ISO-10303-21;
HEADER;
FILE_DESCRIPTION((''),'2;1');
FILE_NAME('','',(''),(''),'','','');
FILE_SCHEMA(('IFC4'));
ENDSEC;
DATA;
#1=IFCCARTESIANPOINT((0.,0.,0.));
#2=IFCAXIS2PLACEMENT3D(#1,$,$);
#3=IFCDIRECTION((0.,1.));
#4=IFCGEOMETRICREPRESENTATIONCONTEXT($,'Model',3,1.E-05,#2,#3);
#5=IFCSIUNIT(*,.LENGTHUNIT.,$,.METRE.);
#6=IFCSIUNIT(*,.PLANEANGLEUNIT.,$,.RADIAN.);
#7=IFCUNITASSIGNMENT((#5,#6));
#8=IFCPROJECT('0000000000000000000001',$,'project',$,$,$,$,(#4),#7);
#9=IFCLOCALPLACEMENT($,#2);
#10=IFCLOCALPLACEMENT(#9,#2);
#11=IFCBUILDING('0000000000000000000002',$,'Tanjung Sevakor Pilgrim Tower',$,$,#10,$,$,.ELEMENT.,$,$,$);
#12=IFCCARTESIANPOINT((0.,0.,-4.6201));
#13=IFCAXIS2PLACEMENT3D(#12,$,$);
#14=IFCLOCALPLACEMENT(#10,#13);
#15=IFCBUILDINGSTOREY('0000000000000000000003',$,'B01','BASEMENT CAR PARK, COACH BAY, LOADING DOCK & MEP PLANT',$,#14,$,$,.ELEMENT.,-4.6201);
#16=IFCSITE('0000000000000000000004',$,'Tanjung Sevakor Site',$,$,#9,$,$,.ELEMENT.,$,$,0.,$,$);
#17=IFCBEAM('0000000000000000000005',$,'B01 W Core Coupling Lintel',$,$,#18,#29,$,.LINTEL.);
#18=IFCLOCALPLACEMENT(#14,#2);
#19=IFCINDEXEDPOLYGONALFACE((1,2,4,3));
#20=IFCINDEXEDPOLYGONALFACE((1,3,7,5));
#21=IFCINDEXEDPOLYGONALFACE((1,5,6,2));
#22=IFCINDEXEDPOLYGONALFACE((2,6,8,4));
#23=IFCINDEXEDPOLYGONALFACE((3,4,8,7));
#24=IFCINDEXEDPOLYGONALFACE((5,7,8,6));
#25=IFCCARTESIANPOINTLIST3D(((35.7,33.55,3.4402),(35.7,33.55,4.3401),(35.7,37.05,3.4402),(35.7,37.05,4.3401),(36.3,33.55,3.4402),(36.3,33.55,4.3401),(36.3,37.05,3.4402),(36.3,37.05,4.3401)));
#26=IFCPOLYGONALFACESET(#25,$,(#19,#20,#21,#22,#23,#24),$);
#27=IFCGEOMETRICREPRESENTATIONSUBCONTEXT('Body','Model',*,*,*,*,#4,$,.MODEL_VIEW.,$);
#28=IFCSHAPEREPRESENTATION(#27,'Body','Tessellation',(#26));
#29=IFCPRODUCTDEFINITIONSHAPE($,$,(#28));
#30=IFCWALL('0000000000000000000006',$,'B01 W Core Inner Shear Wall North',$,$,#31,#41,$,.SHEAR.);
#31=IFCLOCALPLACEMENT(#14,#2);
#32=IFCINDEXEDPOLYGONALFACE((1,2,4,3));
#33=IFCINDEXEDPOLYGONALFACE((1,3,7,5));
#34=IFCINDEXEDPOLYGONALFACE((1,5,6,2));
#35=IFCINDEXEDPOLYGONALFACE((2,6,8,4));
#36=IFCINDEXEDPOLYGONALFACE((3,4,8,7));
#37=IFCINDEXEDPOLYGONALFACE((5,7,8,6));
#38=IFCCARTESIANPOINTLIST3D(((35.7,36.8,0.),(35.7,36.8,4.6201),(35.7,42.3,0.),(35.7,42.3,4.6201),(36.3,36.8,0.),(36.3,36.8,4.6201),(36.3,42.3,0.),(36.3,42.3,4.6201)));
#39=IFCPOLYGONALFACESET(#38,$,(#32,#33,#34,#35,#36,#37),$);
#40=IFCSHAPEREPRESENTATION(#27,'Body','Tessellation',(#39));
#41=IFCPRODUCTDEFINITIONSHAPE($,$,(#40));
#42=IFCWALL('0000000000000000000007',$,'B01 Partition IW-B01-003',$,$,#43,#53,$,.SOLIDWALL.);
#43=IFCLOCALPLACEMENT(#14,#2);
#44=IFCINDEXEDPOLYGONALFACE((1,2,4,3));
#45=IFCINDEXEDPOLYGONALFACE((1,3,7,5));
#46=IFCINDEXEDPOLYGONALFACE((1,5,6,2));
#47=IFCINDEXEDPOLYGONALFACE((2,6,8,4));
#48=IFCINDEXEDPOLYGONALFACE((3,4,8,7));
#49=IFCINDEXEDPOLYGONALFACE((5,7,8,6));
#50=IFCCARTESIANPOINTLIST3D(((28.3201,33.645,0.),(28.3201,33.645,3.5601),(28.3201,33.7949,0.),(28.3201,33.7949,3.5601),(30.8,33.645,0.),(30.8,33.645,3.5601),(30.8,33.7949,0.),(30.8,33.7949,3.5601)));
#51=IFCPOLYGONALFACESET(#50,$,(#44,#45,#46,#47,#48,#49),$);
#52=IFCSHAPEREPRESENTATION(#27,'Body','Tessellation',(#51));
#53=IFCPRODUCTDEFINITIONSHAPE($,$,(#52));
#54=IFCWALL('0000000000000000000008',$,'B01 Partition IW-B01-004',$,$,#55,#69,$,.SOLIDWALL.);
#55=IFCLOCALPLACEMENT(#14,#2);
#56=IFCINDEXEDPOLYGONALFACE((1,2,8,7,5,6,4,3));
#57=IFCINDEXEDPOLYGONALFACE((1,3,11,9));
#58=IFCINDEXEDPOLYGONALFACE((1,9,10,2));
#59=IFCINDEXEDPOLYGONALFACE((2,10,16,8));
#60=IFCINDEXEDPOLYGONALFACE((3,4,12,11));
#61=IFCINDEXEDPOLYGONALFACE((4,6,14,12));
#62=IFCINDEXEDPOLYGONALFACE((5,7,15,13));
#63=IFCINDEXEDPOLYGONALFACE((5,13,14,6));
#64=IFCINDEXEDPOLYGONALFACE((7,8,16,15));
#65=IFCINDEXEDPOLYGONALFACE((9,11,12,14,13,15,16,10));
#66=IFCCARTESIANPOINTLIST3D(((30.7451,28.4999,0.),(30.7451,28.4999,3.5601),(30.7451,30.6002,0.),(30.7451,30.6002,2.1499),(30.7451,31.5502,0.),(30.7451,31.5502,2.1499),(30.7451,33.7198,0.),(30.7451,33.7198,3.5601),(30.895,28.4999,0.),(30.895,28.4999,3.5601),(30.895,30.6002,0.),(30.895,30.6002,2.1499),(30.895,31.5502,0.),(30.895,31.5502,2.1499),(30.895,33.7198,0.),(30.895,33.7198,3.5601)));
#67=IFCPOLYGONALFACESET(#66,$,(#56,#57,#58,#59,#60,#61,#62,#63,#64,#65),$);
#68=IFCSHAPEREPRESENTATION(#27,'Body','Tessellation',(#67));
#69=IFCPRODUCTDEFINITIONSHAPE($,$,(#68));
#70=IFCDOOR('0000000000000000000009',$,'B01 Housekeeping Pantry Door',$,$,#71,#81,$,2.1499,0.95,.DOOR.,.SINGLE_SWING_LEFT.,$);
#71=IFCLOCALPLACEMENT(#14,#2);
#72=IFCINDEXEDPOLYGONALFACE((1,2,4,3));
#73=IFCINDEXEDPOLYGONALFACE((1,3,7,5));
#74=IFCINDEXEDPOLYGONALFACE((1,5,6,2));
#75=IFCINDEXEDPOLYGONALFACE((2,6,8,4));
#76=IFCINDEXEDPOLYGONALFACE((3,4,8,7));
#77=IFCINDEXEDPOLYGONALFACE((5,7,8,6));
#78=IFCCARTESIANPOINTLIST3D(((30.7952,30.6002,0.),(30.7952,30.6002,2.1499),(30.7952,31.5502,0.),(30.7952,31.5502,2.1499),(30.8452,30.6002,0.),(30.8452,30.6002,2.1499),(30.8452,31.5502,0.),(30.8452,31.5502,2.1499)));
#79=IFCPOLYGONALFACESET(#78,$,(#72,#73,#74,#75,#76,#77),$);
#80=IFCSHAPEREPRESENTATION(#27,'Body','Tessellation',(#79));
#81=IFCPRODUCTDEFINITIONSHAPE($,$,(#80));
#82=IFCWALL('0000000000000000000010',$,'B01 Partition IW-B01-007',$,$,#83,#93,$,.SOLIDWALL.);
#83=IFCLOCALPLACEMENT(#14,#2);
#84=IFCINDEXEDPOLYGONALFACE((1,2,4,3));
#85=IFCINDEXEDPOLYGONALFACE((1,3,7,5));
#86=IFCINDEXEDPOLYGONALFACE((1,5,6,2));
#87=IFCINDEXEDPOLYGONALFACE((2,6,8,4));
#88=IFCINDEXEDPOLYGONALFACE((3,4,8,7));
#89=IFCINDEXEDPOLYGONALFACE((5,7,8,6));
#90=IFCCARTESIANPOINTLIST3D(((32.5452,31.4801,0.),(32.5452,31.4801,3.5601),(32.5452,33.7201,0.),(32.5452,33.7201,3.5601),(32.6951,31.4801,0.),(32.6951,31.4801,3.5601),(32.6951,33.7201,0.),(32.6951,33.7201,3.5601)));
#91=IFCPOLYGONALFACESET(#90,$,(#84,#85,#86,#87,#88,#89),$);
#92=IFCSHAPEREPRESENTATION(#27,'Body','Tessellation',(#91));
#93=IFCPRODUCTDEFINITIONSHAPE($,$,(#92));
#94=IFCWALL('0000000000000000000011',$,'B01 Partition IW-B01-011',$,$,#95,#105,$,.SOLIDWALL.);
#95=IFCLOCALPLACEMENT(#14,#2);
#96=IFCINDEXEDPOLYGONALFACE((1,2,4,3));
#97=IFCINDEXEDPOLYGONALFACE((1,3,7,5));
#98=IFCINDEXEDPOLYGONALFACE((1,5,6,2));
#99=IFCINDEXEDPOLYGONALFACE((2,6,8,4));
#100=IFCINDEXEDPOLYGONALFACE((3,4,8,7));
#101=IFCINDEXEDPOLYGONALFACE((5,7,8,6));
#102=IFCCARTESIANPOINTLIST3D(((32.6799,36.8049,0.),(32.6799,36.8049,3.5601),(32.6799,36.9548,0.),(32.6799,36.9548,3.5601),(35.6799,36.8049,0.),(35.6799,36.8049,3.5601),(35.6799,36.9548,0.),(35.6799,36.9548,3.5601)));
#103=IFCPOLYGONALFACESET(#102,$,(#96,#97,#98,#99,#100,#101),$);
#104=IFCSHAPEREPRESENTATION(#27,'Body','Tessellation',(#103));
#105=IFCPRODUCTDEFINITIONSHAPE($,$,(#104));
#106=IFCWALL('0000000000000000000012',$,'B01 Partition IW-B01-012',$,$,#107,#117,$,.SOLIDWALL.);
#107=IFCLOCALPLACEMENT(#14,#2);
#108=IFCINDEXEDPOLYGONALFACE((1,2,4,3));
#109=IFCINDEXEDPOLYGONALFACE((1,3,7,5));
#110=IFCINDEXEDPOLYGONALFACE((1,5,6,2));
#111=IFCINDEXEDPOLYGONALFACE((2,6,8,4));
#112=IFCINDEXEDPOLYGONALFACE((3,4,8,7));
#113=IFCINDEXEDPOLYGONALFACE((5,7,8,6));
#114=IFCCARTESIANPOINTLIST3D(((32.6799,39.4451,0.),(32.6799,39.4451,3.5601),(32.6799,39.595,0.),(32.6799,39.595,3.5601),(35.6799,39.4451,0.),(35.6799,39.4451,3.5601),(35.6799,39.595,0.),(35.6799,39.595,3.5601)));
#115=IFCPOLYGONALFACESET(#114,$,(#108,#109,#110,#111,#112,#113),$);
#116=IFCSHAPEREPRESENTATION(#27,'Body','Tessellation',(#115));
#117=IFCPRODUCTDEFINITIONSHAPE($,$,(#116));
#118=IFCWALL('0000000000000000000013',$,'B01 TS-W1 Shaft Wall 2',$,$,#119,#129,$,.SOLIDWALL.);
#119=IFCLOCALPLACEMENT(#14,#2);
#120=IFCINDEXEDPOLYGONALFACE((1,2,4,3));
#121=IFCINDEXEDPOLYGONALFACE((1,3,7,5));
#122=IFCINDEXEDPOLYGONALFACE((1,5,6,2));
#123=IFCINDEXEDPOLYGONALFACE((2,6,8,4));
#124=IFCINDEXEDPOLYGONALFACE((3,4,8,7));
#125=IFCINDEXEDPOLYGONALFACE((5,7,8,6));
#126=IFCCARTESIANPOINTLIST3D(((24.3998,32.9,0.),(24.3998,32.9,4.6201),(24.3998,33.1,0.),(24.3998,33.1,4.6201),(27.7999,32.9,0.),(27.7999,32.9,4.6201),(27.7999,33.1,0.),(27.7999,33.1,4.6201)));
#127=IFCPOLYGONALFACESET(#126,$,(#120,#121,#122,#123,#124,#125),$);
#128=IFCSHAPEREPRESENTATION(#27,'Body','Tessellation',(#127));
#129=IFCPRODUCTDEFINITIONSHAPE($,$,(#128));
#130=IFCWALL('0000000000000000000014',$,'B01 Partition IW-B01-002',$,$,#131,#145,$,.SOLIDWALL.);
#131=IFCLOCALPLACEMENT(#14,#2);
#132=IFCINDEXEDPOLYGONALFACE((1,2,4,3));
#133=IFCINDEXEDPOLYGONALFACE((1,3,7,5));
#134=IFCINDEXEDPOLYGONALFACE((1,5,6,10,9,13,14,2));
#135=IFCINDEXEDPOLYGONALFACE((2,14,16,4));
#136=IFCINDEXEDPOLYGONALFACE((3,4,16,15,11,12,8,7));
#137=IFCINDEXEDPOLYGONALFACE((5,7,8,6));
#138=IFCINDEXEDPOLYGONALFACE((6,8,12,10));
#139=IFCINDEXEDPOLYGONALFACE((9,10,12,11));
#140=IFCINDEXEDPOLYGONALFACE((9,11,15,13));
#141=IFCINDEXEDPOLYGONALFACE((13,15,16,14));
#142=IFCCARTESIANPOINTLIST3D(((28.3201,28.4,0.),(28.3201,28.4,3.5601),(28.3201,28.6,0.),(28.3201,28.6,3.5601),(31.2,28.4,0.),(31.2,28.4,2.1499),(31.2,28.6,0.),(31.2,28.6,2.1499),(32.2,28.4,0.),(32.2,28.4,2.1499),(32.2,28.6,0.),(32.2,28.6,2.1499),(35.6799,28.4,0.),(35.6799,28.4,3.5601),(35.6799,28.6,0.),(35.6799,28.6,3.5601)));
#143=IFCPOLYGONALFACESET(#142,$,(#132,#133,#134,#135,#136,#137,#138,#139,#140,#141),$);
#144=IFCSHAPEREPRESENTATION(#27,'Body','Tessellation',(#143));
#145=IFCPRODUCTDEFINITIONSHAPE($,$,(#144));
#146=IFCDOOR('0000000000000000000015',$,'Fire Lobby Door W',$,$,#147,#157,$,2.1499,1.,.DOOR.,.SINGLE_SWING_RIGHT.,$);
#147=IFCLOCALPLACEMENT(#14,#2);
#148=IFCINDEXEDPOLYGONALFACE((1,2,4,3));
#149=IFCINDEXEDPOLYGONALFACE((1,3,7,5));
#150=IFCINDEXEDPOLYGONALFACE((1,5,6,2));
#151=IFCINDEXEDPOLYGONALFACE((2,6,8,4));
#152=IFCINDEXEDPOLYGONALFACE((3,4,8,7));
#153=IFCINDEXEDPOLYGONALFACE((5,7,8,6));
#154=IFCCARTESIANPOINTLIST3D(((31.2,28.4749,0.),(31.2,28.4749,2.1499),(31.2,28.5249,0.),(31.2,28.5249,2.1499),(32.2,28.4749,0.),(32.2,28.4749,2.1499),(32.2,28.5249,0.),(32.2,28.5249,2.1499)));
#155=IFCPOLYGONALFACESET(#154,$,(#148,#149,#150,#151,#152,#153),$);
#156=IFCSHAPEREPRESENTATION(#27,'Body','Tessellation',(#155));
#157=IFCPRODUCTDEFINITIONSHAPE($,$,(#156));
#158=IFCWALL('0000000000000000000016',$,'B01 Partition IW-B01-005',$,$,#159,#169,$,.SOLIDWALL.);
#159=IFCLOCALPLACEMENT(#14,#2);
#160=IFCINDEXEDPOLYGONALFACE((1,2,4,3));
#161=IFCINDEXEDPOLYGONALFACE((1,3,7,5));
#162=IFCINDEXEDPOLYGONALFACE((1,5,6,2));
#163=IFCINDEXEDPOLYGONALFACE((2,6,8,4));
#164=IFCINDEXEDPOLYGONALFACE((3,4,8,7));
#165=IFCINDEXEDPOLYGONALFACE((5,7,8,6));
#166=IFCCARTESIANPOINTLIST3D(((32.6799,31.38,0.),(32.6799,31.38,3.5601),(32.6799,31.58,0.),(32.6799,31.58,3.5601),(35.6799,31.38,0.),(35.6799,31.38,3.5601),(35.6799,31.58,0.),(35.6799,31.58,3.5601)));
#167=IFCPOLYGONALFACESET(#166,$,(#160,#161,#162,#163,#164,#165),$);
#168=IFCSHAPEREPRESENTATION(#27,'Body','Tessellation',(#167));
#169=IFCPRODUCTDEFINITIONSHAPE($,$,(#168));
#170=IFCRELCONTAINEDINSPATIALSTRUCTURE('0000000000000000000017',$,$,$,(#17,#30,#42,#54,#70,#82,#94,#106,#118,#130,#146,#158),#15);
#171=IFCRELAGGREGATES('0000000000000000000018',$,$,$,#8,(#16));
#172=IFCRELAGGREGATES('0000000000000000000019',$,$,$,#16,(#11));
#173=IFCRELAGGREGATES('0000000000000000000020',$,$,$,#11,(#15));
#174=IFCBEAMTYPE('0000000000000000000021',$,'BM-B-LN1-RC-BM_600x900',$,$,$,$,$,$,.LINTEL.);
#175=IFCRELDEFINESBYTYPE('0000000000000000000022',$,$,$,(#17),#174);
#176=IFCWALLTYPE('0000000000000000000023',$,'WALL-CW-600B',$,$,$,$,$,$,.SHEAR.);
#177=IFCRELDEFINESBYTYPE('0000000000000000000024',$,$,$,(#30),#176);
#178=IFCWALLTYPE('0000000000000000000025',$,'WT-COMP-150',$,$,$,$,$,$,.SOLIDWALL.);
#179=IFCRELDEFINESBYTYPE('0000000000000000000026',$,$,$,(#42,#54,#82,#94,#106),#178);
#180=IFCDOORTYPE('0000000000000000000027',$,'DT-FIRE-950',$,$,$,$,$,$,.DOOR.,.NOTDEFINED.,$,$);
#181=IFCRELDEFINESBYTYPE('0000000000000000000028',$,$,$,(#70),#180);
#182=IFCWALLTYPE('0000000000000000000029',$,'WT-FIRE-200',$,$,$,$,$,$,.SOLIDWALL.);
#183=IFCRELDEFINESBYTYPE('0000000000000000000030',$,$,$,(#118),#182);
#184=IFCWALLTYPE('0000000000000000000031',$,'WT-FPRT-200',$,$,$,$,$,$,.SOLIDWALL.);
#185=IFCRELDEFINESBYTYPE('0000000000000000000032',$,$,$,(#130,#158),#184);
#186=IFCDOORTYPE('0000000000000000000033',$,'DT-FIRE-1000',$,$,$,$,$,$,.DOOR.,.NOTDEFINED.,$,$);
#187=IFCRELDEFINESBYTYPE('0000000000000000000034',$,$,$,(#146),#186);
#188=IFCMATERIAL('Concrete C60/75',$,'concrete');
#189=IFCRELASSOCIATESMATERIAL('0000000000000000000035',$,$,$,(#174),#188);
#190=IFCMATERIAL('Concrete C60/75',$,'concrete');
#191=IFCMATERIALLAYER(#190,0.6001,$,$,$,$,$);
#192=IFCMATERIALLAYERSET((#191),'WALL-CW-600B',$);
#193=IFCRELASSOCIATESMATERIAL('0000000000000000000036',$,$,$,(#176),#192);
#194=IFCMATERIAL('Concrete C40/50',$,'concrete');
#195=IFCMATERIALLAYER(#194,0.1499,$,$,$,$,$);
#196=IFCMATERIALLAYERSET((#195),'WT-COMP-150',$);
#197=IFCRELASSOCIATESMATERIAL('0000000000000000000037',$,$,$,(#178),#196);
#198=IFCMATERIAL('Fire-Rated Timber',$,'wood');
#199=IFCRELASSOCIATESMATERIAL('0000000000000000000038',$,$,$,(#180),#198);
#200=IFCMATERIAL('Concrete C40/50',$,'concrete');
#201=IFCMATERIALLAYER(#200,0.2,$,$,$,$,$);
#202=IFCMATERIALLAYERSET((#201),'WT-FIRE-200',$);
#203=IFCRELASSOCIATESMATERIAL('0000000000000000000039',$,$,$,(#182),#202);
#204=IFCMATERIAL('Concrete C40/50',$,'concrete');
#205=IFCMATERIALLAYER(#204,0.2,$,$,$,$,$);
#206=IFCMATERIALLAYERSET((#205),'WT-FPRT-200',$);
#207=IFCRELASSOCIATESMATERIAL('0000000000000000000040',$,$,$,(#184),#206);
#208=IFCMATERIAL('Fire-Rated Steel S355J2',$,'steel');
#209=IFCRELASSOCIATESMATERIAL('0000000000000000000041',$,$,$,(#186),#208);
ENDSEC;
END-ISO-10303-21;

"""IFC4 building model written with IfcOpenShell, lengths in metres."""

from ifc_helpers import new_model, si_unit, direction, frame, frame_2d, origin, origin_2d, place, context, subcontext, project, spatial, rectangle, extrude, material, layer, layer_set, material_profile, profile_set, type_object, element, fill, save


model = new_model("IFC4")

# Units and contexts
model_context = context("Model", 3, precision=1e-05, world=origin(), true_north=direction((0.0, 1.0)))
body_context = subcontext(model_context, "Body", "Model", "MODEL_VIEW")
ifc_project = project(units=[si_unit("LENGTHUNIT", "METRE"), si_unit("PLANEANGLEUNIT", "RADIAN")], contexts=[model_context])

# Site, building, storey
site_placement = place(None, origin())
site = spatial("IfcSite", under=ifc_project, at=site_placement, Name="Tanjung Sevakor Site", CompositionType="ELEMENT", RefElevation=0.0)
building_placement = place(site_placement, origin())
building = spatial("IfcBuilding", under=site, at=building_placement, Name="Tanjung Sevakor Pilgrim Tower", CompositionType="ELEMENT")
storey_placement = place(building_placement, frame((0.0, 0.0, -4.6201)))
storey = spatial("IfcBuildingStorey", under=building, at=storey_placement, Name="B01", Description="BASEMENT CAR PARK, COACH BAY, LOADING DOCK & MEP PLANT", CompositionType="ELEMENT", Elevation=-4.6201)

# Beam
ifc_material_1 = material(Name="Concrete C60/75", Category="concrete")
ifc_material_profile = material_profile(ifc_material_1, rectangle(XDim=0.6001, YDim=0.8999, at=origin_2d()))
ifc_profile_set = profile_set([ifc_material_profile], Name="Concrete C60/75")
beam_type = type_object("IfcBeamType", Name="BM-B-LN1-RC-BM_600x900", PredefinedType="LINTEL", material=ifc_profile_set)
beam_placement = place(storey_placement, frame((36.0, 33.55, 3.8901), z_axis=(0.0, 1.0, 0.0), x_axis=(-1.0, 0.0, 0.0)))
element("IfcBeam", 1, at=beam_placement, inside=storey, type_object=beam_type, Name="B01 W Core Coupling Lintel", PredefinedType="LINTEL", context=body_context, shape_type="SweptSolid", body=[
    extrude(rectangle(XDim=0.6001, YDim=0.8999, at=origin_2d()), origin(), (0.0, 0.0, 1.0), 3.5),
])

# Walls
ifc_material_2 = material(Name="Concrete C60/75", Category="concrete")
ifc_layer_1 = layer(ifc_material_2, 0.6001)
ifc_layer_set_1 = layer_set([ifc_layer_1], Name="WALL-CW-600B")
wall_type_1 = type_object("IfcWallType", Name="WALL-CW-600B", PredefinedType="SHEAR", material=ifc_layer_set_1)
wall_1_placement = place(storey_placement, frame((36.0, 36.8, 0.0), z_axis=(0.0, 0.0, 1.0), x_axis=(0.0, 1.0, 0.0)))
element("IfcWall", 2, at=wall_1_placement, inside=storey, type_object=wall_type_1, Name="B01 W Core Inner Shear Wall North", PredefinedType="SHEAR", context=body_context, shape_type="SweptSolid", body=[
    extrude(rectangle(XDim=5.5, YDim=0.6001, at=frame_2d((2.75, 0.0))), origin(), (0.0, 0.0, 1.0), 4.6201),
])
ifc_material_3 = material(Name="Concrete C40/50", Category="concrete")
ifc_layer_2 = layer(ifc_material_3, 0.1499)
ifc_layer_set_2 = layer_set([ifc_layer_2], Name="WT-COMP-150")
wall_type_2 = type_object("IfcWallType", Name="WT-COMP-150", PredefinedType="SOLIDWALL", material=ifc_layer_set_2)
wall_2_placement = place(storey_placement, frame((28.3201, 33.72, 0.0), z_axis=(0.0, 0.0, 1.0), x_axis=(1.0, 0.0, 0.0)))
element("IfcWall", 3, at=wall_2_placement, inside=storey, type_object=wall_type_2, Name="B01 Partition IW-B01-003", PredefinedType="SOLIDWALL", context=body_context, shape_type="SweptSolid", body=[
    extrude(rectangle(XDim=2.48, YDim=0.1499, at=frame_2d((1.24, 0.0))), origin(), (0.0, 0.0, 1.0), 3.5601),
])

# Wall, opening, door
wall_3_placement = place(storey_placement, frame((30.8201, 28.5, 0.0), z_axis=(0.0, 0.0, 1.0), x_axis=(0.0, 1.0, 0.0)))
wall_3 = element("IfcWall", 4, at=wall_3_placement, inside=storey, type_object=wall_type_2, Name="B01 Partition IW-B01-004", PredefinedType="SOLIDWALL", context=body_context, shape_type="SweptSolid", body=[
    extrude(rectangle(XDim=5.22, YDim=0.1499, at=frame_2d((2.6099, 0.0))), origin(), (0.0, 0.0, 1.0), 3.5601),
])
opening_1_placement = place(wall_3_placement, frame((2.1001, 0.0, 0.0)))
opening_1 = element("IfcOpeningElement", 5, at=opening_1_placement, cuts=wall_3, PredefinedType="OPENING", context=body_context, shape_type="SweptSolid", body=[
    extrude(rectangle(XDim=0.95, YDim=2.1499, at=frame_2d((0.4751, 1.075))), frame((0.0, 0.085, 0.0), z_axis=(0.0, -1.0, 0.0), x_axis=(1.0, 0.0, 0.0)), (0.0, 0.0, 1.0), 0.1699),
])
ifc_material_4 = material(Name="Fire-Rated Timber", Category="wood")
door_type_1 = type_object("IfcDoorType", Name="DT-FIRE-950", OperationType="NOTDEFINED", PredefinedType="DOOR", material=ifc_material_4)
door_1_placement = place(opening_1_placement, origin())
door_1 = element("IfcDoor", 6, at=door_1_placement, inside=storey, type_object=door_type_1, Name="B01 Housekeeping Pantry Door", OperationType="SINGLE_SWING_LEFT", OverallHeight=2.1499, OverallWidth=0.95, PredefinedType="DOOR", context=body_context, shape_type="SweptSolid", body=[
    extrude(rectangle(XDim=0.95, YDim=2.1499, at=frame_2d((0.4751, 1.075))), frame((0.0, 0.0249, 0.0), z_axis=(0.0, -1.0, 0.0), x_axis=(1.0, 0.0, 0.0)), (0.0, 0.0, 1.0), 0.05),
])
fill(opening_1, door_1)

# Wall
wall_4_placement = place(storey_placement, frame((32.6201, 31.48, 0.0), z_axis=(0.0, 0.0, 1.0), x_axis=(0.0, 1.0, 0.0)))
element("IfcWall", 7, at=wall_4_placement, inside=storey, type_object=wall_type_2, Name="B01 Partition IW-B01-007", PredefinedType="SOLIDWALL", context=body_context, shape_type="SweptSolid", body=[
    extrude(rectangle(XDim=2.24, YDim=0.1499, at=frame_2d((1.1201, 0.0))), origin(), (0.0, 0.0, 1.0), 3.5601),
])

# Walls
for number, where, z_axis, x_axis, name in (
    (8, (32.6799, 36.8799, 0.0), (0.0, 0.0, 1.0), (1.0, 0.0, 0.0), "B01 Partition IW-B01-011"),
    (9, (32.6799, 39.52, 0.0), (0.0, 0.0, 1.0), (1.0, 0.0, 0.0), "B01 Partition IW-B01-012"),
):
    element("IfcWall", number, at=place(storey_placement, frame(where, z_axis=z_axis, x_axis=x_axis)), inside=storey, type_object=wall_type_2, Name=name, PredefinedType="SOLIDWALL", context=body_context, shape_type="SweptSolid", body=[
        extrude(rectangle(XDim=3.0, YDim=0.1499, at=frame_2d((1.5, 0.0))), origin(), (0.0, 0.0, 1.0), 3.5601),
    ])

# Wall
ifc_material_5 = material(Name="Concrete C40/50", Category="concrete")
ifc_layer_3 = layer(ifc_material_5, 0.2)
ifc_layer_set_3 = layer_set([ifc_layer_3], Name="WT-FIRE-200")
wall_type_3 = type_object("IfcWallType", Name="WT-FIRE-200", PredefinedType="SOLIDWALL", material=ifc_layer_set_3)
wall_5_placement = place(storey_placement, frame((27.8, 33.0, 0.0), z_axis=(0.0, 0.0, 1.0), x_axis=(-1.0, 0.0, 0.0)))
element("IfcWall", 10, at=wall_5_placement, inside=storey, type_object=wall_type_3, Name="B01 TS-W1 Shaft Wall 2", PredefinedType="SOLIDWALL", context=body_context, shape_type="SweptSolid", body=[
    extrude(rectangle(XDim=3.4001, YDim=0.2, at=frame_2d((1.7002, 0.0))), origin(), (0.0, 0.0, 1.0), 4.6201),
])

# Wall, opening, door
ifc_material_6 = material(Name="Concrete C40/50", Category="concrete")
ifc_layer_4 = layer(ifc_material_6, 0.2)
ifc_layer_set_4 = layer_set([ifc_layer_4], Name="WT-FPRT-200")
wall_type_4 = type_object("IfcWallType", Name="WT-FPRT-200", PredefinedType="SOLIDWALL", material=ifc_layer_set_4)
wall_6_placement = place(storey_placement, frame((28.3201, 28.5, 0.0), z_axis=(0.0, 0.0, 1.0), x_axis=(1.0, 0.0, 0.0)))
wall_6 = element("IfcWall", 11, at=wall_6_placement, inside=storey, type_object=wall_type_4, Name="B01 Partition IW-B01-002", PredefinedType="SOLIDWALL", context=body_context, shape_type="SweptSolid", body=[
    extrude(rectangle(XDim=7.3599, YDim=0.2, at=frame_2d((3.6799, 0.0))), origin(), (0.0, 0.0, 1.0), 3.5601),
])
opening_2_placement = place(wall_6_placement, frame((2.8799, 0.0, 0.0)))
opening_2 = element("IfcOpeningElement", 12, at=opening_2_placement, cuts=wall_6, PredefinedType="OPENING", context=body_context, shape_type="SweptSolid", body=[
    extrude(rectangle(XDim=1.0, YDim=2.1499, at=frame_2d((0.5, 1.075))), frame((0.0, 0.1099, 0.0), z_axis=(0.0, -1.0, 0.0), x_axis=(1.0, 0.0, 0.0)), (0.0, 0.0, 1.0), 0.22),
])
ifc_material_7 = material(Name="Fire-Rated Steel S355J2", Category="steel")
door_type_2 = type_object("IfcDoorType", Name="DT-FIRE-1000", OperationType="NOTDEFINED", PredefinedType="DOOR", material=ifc_material_7)
door_2_placement = place(opening_2_placement, origin())
door_2 = element("IfcDoor", 13, at=door_2_placement, inside=storey, type_object=door_type_2, Name="Fire Lobby Door W", OperationType="SINGLE_SWING_RIGHT", OverallHeight=2.1499, OverallWidth=1.0, PredefinedType="DOOR", context=body_context, shape_type="SweptSolid", body=[
    extrude(rectangle(XDim=1.0, YDim=2.1499, at=frame_2d((0.5, 1.075))), frame((0.0, 0.0249, 0.0), z_axis=(0.0, -1.0, 0.0), x_axis=(1.0, 0.0, 0.0)), (0.0, 0.0, 1.0), 0.05),
])
fill(opening_2, door_2)

# Wall
wall_7_placement = place(storey_placement, frame((32.6799, 31.48, 0.0), z_axis=(0.0, 0.0, 1.0), x_axis=(1.0, 0.0, 0.0)))
element("IfcWall", 14, at=wall_7_placement, inside=storey, type_object=wall_type_4, Name="B01 Partition IW-B01-005", PredefinedType="SOLIDWALL", context=body_context, shape_type="SweptSolid", body=[
    extrude(rectangle(XDim=3.0, YDim=0.2, at=frame_2d((1.5, 0.0))), origin(), (0.0, 0.0, 1.0), 3.5601),
])

save(model, "model.ifc")
